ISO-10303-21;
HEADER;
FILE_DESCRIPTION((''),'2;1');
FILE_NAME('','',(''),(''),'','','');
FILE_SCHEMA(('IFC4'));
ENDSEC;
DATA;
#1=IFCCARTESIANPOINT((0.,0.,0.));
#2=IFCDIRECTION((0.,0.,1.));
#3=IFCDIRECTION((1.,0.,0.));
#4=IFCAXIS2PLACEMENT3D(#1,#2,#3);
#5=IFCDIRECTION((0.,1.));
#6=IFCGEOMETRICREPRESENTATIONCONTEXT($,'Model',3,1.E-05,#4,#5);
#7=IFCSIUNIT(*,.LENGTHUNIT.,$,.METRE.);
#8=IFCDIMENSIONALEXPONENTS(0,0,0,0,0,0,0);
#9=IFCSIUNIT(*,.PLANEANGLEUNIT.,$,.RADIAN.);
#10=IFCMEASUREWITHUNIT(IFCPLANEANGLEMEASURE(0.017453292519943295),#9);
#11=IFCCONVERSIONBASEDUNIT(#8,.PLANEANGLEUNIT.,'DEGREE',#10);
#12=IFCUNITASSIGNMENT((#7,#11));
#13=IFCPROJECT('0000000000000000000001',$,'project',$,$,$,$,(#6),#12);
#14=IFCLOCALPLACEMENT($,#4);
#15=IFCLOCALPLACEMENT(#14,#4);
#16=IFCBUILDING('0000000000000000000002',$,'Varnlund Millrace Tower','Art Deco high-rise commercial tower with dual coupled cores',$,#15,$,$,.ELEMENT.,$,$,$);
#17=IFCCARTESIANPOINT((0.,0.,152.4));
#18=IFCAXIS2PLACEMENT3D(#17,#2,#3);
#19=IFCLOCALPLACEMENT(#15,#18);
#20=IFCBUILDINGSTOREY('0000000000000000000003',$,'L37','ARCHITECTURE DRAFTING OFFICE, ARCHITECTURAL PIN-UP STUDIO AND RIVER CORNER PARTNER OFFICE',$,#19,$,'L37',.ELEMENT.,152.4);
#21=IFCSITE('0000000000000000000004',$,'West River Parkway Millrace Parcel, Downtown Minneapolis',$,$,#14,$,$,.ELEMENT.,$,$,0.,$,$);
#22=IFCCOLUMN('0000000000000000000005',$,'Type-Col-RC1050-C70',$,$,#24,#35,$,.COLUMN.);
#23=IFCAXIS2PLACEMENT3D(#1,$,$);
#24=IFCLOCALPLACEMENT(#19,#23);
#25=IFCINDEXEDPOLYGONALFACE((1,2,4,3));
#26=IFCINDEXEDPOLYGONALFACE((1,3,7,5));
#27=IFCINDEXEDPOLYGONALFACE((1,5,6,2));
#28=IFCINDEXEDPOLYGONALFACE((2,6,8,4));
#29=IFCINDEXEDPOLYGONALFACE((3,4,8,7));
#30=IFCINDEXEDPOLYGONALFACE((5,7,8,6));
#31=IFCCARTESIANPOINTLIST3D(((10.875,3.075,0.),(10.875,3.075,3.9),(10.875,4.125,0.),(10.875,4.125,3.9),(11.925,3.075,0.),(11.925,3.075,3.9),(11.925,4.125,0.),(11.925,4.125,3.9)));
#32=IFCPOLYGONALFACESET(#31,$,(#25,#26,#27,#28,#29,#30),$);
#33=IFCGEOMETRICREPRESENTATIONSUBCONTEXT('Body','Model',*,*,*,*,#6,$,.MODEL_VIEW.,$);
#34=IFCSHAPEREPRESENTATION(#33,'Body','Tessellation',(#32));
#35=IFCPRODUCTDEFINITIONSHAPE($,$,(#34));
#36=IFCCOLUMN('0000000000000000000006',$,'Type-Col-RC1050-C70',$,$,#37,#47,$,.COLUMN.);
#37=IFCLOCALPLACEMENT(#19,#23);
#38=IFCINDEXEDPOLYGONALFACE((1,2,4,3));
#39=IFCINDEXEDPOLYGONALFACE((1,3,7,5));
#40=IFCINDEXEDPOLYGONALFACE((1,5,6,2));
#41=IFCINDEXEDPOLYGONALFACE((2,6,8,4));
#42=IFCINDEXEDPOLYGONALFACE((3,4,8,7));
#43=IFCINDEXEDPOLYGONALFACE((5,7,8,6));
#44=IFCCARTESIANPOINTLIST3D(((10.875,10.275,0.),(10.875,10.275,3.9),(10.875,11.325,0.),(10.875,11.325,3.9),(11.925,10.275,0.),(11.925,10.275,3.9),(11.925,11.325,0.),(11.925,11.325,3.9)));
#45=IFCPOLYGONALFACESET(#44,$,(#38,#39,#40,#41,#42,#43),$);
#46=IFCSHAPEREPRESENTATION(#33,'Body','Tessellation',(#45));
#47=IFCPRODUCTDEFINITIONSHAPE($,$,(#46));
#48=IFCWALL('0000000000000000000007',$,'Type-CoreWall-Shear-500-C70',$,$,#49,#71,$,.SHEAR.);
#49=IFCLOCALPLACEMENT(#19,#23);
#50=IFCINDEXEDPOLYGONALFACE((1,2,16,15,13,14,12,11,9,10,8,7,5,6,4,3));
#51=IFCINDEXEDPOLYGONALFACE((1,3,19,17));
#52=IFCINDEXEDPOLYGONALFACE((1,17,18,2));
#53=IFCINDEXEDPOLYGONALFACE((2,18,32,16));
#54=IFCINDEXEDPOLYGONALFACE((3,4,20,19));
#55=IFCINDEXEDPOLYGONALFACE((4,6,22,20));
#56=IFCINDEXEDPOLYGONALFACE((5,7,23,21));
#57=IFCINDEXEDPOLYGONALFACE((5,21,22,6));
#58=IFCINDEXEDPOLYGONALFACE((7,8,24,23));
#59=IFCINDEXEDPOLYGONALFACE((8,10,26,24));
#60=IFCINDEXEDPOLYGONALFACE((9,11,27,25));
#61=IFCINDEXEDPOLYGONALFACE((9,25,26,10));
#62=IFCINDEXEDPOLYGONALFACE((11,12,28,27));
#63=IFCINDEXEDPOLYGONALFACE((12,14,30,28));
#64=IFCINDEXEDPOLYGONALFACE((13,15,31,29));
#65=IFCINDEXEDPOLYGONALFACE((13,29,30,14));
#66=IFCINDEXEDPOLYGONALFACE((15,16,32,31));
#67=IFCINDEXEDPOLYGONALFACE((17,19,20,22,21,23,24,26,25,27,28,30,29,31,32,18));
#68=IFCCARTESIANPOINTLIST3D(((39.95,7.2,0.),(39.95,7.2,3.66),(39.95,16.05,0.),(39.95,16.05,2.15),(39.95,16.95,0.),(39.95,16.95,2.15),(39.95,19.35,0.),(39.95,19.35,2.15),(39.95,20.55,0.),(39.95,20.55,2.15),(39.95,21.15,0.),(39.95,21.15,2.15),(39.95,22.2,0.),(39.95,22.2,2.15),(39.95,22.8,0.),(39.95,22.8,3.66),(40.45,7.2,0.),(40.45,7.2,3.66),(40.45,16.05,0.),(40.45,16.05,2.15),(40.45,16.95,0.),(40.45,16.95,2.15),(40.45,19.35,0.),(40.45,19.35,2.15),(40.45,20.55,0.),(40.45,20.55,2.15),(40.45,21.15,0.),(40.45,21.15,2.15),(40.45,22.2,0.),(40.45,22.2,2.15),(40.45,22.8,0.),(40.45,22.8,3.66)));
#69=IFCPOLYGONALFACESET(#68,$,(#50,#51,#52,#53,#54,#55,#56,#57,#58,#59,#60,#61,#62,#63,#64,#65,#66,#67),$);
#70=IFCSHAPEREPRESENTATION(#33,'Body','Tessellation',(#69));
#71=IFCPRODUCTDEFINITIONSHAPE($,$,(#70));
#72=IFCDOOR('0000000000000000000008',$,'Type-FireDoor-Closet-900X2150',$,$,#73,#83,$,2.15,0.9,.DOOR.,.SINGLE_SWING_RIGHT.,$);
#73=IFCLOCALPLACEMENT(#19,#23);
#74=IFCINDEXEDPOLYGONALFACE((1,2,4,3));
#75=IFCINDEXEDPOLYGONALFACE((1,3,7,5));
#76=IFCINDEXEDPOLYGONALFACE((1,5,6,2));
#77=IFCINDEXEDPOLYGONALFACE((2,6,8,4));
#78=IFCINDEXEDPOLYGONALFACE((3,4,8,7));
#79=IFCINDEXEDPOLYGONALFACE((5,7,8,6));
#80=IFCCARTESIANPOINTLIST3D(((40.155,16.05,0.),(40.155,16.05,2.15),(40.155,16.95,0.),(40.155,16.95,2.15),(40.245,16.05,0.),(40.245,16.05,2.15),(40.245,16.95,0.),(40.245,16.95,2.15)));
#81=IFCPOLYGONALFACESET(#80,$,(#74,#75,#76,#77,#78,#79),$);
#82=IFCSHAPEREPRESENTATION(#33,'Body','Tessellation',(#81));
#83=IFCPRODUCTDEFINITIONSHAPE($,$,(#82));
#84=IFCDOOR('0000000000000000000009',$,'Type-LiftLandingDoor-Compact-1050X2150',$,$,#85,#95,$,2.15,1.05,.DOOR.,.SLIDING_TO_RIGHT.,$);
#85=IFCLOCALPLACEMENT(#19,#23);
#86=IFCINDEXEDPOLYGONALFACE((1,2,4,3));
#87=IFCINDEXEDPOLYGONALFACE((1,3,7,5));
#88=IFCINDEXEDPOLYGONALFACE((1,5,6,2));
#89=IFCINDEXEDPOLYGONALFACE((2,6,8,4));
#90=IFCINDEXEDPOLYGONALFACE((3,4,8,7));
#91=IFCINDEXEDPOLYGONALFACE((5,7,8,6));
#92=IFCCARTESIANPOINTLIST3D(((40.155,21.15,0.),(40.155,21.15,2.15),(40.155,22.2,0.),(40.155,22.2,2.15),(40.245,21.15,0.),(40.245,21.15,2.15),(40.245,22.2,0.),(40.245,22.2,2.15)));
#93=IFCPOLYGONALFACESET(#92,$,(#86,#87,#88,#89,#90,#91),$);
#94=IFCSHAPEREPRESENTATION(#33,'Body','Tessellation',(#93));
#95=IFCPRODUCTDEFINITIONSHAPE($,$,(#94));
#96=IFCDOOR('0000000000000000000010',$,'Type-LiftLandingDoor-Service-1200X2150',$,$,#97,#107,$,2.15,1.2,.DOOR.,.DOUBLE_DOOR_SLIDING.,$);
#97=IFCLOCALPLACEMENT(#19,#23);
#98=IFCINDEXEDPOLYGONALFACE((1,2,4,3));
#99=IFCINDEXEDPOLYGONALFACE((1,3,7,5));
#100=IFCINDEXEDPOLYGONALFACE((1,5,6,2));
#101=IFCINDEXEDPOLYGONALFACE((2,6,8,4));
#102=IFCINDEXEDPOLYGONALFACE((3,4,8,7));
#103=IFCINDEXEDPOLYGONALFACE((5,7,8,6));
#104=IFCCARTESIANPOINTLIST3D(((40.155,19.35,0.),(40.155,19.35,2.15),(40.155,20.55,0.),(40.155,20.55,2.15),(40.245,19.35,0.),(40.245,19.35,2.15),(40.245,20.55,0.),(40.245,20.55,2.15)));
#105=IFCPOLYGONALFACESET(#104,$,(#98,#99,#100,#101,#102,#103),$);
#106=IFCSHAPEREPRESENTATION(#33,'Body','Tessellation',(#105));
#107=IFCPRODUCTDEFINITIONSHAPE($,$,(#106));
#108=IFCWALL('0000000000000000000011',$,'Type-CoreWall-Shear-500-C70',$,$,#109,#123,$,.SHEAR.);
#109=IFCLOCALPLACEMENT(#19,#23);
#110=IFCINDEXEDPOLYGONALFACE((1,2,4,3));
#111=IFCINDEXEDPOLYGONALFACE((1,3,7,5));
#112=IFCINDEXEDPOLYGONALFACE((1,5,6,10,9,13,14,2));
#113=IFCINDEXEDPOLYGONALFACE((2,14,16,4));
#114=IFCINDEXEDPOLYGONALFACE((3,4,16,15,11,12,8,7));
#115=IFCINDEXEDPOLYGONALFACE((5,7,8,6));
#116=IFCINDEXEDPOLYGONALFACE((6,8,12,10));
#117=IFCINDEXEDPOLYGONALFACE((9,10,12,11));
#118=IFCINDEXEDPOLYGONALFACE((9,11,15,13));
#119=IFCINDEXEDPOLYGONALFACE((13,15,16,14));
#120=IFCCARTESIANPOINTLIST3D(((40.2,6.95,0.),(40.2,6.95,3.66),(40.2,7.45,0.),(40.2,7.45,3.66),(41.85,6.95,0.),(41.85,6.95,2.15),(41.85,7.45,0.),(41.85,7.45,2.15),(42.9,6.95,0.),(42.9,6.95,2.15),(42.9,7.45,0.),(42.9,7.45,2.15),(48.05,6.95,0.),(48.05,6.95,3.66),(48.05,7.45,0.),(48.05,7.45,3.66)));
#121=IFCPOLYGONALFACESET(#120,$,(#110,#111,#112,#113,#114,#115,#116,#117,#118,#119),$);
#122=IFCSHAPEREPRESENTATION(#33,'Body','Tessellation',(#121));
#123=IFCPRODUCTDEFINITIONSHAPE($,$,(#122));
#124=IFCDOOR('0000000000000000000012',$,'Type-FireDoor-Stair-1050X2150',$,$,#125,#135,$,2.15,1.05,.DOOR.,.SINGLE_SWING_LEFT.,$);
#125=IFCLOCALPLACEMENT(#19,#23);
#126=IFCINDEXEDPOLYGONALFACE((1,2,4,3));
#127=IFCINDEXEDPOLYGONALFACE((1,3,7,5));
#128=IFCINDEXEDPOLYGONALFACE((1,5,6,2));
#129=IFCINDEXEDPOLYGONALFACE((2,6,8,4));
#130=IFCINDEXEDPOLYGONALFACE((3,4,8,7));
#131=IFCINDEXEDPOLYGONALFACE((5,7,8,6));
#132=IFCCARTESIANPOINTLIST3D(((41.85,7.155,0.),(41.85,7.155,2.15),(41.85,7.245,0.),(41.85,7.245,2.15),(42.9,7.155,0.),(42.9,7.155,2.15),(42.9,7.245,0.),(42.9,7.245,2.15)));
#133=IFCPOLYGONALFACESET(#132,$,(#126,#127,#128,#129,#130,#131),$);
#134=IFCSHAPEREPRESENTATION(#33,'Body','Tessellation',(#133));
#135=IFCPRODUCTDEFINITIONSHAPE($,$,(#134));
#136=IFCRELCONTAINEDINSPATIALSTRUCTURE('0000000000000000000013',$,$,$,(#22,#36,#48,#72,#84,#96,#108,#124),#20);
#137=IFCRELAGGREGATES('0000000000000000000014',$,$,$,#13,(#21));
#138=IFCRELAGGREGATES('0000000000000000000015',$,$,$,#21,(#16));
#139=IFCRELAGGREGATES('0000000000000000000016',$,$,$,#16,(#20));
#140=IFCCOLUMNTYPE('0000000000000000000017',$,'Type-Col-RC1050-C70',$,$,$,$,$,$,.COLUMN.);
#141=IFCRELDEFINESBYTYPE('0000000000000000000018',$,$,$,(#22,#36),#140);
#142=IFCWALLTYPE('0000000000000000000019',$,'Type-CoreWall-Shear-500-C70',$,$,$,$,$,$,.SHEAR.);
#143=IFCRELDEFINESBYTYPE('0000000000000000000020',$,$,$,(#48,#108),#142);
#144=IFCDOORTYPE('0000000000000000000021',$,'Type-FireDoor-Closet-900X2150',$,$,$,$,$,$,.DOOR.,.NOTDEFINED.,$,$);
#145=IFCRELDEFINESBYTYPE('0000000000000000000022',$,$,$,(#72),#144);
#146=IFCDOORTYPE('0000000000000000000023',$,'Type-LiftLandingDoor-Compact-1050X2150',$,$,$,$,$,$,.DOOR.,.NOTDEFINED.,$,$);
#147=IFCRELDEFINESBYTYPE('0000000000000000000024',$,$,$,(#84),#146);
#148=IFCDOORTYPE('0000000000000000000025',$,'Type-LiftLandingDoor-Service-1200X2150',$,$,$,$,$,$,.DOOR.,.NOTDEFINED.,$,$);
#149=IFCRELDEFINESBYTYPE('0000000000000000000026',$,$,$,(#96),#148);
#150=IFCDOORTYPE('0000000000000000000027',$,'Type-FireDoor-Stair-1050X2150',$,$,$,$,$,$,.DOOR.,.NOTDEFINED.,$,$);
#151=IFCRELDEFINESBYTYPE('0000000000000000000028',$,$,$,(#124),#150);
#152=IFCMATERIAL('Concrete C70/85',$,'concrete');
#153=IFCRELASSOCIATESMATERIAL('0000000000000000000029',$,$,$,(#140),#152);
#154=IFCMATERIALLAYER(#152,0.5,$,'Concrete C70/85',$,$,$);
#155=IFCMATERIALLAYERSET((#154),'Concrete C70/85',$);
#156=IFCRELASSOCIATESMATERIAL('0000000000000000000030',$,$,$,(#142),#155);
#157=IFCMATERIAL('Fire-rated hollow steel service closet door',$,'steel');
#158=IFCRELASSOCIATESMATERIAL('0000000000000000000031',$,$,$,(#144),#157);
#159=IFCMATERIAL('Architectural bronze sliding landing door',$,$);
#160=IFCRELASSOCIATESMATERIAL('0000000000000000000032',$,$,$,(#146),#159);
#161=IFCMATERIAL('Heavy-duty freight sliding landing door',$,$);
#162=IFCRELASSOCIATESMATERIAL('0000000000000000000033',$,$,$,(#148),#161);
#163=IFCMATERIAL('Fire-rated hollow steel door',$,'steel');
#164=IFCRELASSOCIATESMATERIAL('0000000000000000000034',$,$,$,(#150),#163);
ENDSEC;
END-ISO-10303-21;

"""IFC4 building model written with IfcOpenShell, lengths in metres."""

from ifc_helpers import new_model, entity, si_unit, converted_unit, direction, frame, origin_with_axes, origin_2d_with_axis, place, context, subcontext, project, spatial, polyline, rectangle, outline, extrude, material, layer, layer_set, material_profile, profile_set, type_object, element, fill, save


model = new_model("IFC4")

# Units and contexts
model_context = context("Model", 3, precision=1e-05, world=origin_with_axes(), true_north=direction((0.0, 1.0)))
body_context = subcontext(model_context, "Body", "Model", "MODEL_VIEW")
ifc_project = project(units=[si_unit("LENGTHUNIT", "METRE"), converted_unit("PLANEANGLEUNIT", "DEGREE", entity("IfcPlaneAngleMeasure", 0.017453292519943295), si_unit("PLANEANGLEUNIT", "RADIAN"), dimensions=[0, 0, 0, 0, 0, 0, 0])], contexts=[model_context])

# Site, building, storey
site_placement = place(None, origin_with_axes())
site = spatial("IfcSite", under=ifc_project, at=site_placement, Name="West River Parkway Millrace Parcel, Downtown Minneapolis", CompositionType="ELEMENT", RefElevation=0.0)
building_placement = place(site_placement, origin_with_axes())
building = spatial("IfcBuilding", under=site, at=building_placement, Name="Varnlund Millrace Tower", Description="Art Deco high-rise commercial tower with dual coupled cores", CompositionType="ELEMENT")
storey_placement = place(building_placement, frame((0.0, 0.0, 152.4), z_axis=(0.0, 0.0, 1.0), x_axis=(1.0, 0.0, 0.0)))
storey = spatial("IfcBuildingStorey", under=building, at=storey_placement, Name="L37", Description="ARCHITECTURE DRAFTING OFFICE, ARCHITECTURAL PIN-UP STUDIO AND RIVER CORNER PARTNER OFFICE", LongName="L37", CompositionType="ELEMENT", Elevation=152.4)

# Columns
ifc_material_1 = material(Name="Concrete C70/85", Category="concrete")
ifc_material_profile = material_profile(ifc_material_1, rectangle(XDim=1.05, YDim=1.05, at=origin_2d_with_axis()), Name="Concrete C70/85")
ifc_profile_set = profile_set([ifc_material_profile], Name="Concrete C70/85")
column_type = type_object("IfcColumnType", Name="Type-Col-RC1050-C70", PredefinedType="COLUMN", material=ifc_profile_set)
for number, where, z_axis, x_axis, name in (
    (1, (11.4, 3.6, 0.0), (0.0, 0.0, 1.0), (1.0, 0.0, 0.0), "Type-Col-RC1050-C70"),
    (2, (11.4, 10.8, 0.0), (0.0, 0.0, 1.0), (1.0, 0.0, 0.0), "Type-Col-RC1050-C70"),
):
    element("IfcColumn", number, at=place(storey_placement, frame(where, z_axis=z_axis, x_axis=x_axis)), inside=storey, type_object=column_type, Name=name, PredefinedType="COLUMN", context=body_context, shape_type="SweptSolid", body=[
        extrude(rectangle(XDim=1.05, YDim=1.05, at=origin_2d_with_axis()), origin_with_axes(), (0.0, 0.0, 1.0), 3.9),
    ])

# Wall, openings, doors
ifc_layer_1 = layer(ifc_material_1, 0.5, Name="Concrete C70/85")
ifc_layer_set_1 = layer_set([ifc_layer_1], Name="Concrete C70/85")
wall_type_1 = type_object("IfcWallType", Name="Type-CoreWall-Shear-500-C70", PredefinedType="SHEAR", material=ifc_layer_set_1)
wall_1_placement = place(storey_placement, frame((40.2, 7.2, 0.0), z_axis=(0.0, 0.0, 1.0), x_axis=(0.0, 1.0, 0.0)))
wall_1 = element("IfcWall", 3, at=wall_1_placement, inside=storey, type_object=wall_type_1, Name="Type-CoreWall-Shear-500-C70", PredefinedType="SHEAR", context=body_context, shape_type="SweptSolid", body=[
    extrude(outline(polyline([(0.0, -0.25), (15.6, -0.25), (15.6, 0.25), (0.0, 0.25), (0.0, -0.25)])), origin_with_axes(), (0.0, 0.0, 1.0), 3.66),
])
opening_1_placement = place(wall_1_placement, frame((14.475, 0.0, 0.0), z_axis=(0.0, 0.0, 1.0), x_axis=(1.0, 0.0, 0.0)))
opening_1 = element("IfcOpeningElement", 4, at=opening_1_placement, cuts=wall_1, PredefinedType="OPENING", context=body_context, shape_type="SweptSolid", body=[
    extrude(rectangle(XDim=1.05, YDim=0.52, at=origin_2d_with_axis()), origin_with_axes(), (0.0, 0.0, 1.0), 2.15),
])
opening_2_placement = place(wall_1_placement, frame((12.75, 0.0, 0.0), z_axis=(0.0, 0.0, 1.0), x_axis=(1.0, 0.0, 0.0)))
opening_2 = element("IfcOpeningElement", 5, at=opening_2_placement, cuts=wall_1, PredefinedType="OPENING", context=body_context, shape_type="SweptSolid", body=[
    extrude(rectangle(XDim=1.2, YDim=0.52, at=origin_2d_with_axis()), origin_with_axes(), (0.0, 0.0, 1.0), 2.15),
])
opening_3_placement = place(wall_1_placement, frame((9.3, 0.0, 0.0), z_axis=(0.0, 0.0, 1.0), x_axis=(1.0, 0.0, 0.0)))
opening_3 = element("IfcOpeningElement", 6, at=opening_3_placement, cuts=wall_1, PredefinedType="OPENING", context=body_context, shape_type="SweptSolid", body=[
    extrude(rectangle(XDim=0.9, YDim=0.52, at=origin_2d_with_axis()), origin_with_axes(), (0.0, 0.0, 1.0), 2.15),
])
ifc_material_2 = material(Name="Fire-rated hollow steel service closet door", Category="steel")
door_type_1 = type_object("IfcDoorType", Name="Type-FireDoor-Closet-900X2150", OperationType="NOTDEFINED", PredefinedType="DOOR", material=ifc_material_2)
door_1_placement = place(wall_1_placement, frame((9.3, 0.0, 0.0), z_axis=(0.0, 0.0, 1.0), x_axis=(1.0, 0.0, 0.0)))
door_1 = element("IfcDoor", 7, at=door_1_placement, inside=storey, type_object=door_type_1, Name="Type-FireDoor-Closet-900X2150", OperationType="SINGLE_SWING_RIGHT", OverallHeight=2.15, OverallWidth=0.9, PredefinedType="DOOR", context=body_context, shape_type="SweptSolid", body=[
    extrude(rectangle(XDim=0.9, YDim=0.09, at=origin_2d_with_axis()), origin_with_axes(), (0.0, 0.0, 1.0), 2.15),
])
fill(opening_3, door_1)
ifc_material_3 = material(Name="Architectural bronze sliding landing door")
door_type_2 = type_object("IfcDoorType", Name="Type-LiftLandingDoor-Compact-1050X2150", OperationType="NOTDEFINED", PredefinedType="DOOR", material=ifc_material_3)
door_2_placement = place(wall_1_placement, frame((14.475, 0.0, 0.0), z_axis=(0.0, 0.0, 1.0), x_axis=(1.0, 0.0, 0.0)))
door_2 = element("IfcDoor", 8, at=door_2_placement, inside=storey, type_object=door_type_2, Name="Type-LiftLandingDoor-Compact-1050X2150", OperationType="SLIDING_TO_RIGHT", OverallHeight=2.15, OverallWidth=1.05, PredefinedType="DOOR", context=body_context, shape_type="SweptSolid", body=[
    extrude(rectangle(XDim=1.05, YDim=0.09, at=origin_2d_with_axis()), origin_with_axes(), (0.0, 0.0, 1.0), 2.15),
])
fill(opening_1, door_2)
ifc_material_4 = material(Name="Heavy-duty freight sliding landing door")
door_type_3 = type_object("IfcDoorType", Name="Type-LiftLandingDoor-Service-1200X2150", OperationType="NOTDEFINED", PredefinedType="DOOR", material=ifc_material_4)
door_3_placement = place(wall_1_placement, frame((12.75, 0.0, 0.0), z_axis=(0.0, 0.0, 1.0), x_axis=(1.0, 0.0, 0.0)))
door_3 = element("IfcDoor", 9, at=door_3_placement, inside=storey, type_object=door_type_3, Name="Type-LiftLandingDoor-Service-1200X2150", OperationType="DOUBLE_DOOR_SLIDING", OverallHeight=2.15, OverallWidth=1.2, PredefinedType="DOOR", context=body_context, shape_type="SweptSolid", body=[
    extrude(rectangle(XDim=1.2, YDim=0.09, at=origin_2d_with_axis()), origin_with_axes(), (0.0, 0.0, 1.0), 2.15),
])
fill(opening_2, door_3)

# Wall, opening, door
wall_2_placement = place(storey_placement, frame((40.2, 7.2, 0.0), z_axis=(0.0, 0.0, 1.0), x_axis=(1.0, 0.0, 0.0)))
wall_2 = element("IfcWall", 10, at=wall_2_placement, inside=storey, type_object=wall_type_1, Name="Type-CoreWall-Shear-500-C70", PredefinedType="SHEAR", context=body_context, shape_type="SweptSolid", body=[
    extrude(outline(polyline([(0.0, -0.25), (7.85, -0.25), (7.85, 0.25), (0.0, 0.25), (0.0, -0.25)])), origin_with_axes(), (0.0, 0.0, 1.0), 3.66),
])
opening_4_placement = place(wall_2_placement, frame((2.175, 0.0, 0.0), z_axis=(0.0, 0.0, 1.0), x_axis=(1.0, 0.0, 0.0)))
opening_4 = element("IfcOpeningElement", 11, at=opening_4_placement, cuts=wall_2, PredefinedType="OPENING", context=body_context, shape_type="SweptSolid", body=[
    extrude(rectangle(XDim=1.05, YDim=0.52, at=origin_2d_with_axis()), origin_with_axes(), (0.0, 0.0, 1.0), 2.15),
])
ifc_material_5 = material(Name="Fire-rated hollow steel door", Category="steel")
door_type_4 = type_object("IfcDoorType", Name="Type-FireDoor-Stair-1050X2150", OperationType="NOTDEFINED", PredefinedType="DOOR", material=ifc_material_5)
door_4_placement = place(wall_2_placement, frame((2.175, 0.0, 0.0), z_axis=(0.0, 0.0, 1.0), x_axis=(1.0, 0.0, 0.0)))
door_4 = element("IfcDoor", 12, at=door_4_placement, inside=storey, type_object=door_type_4, Name="Type-FireDoor-Stair-1050X2150", OperationType="SINGLE_SWING_LEFT", OverallHeight=2.15, OverallWidth=1.05, PredefinedType="DOOR", context=body_context, shape_type="SweptSolid", body=[
    extrude(rectangle(XDim=1.05, YDim=0.09, at=origin_2d_with_axis()), origin_with_axes(), (0.0, 0.0, 1.0), 2.15),
])
fill(opening_4, door_4)

save(model, "model.ifc")
